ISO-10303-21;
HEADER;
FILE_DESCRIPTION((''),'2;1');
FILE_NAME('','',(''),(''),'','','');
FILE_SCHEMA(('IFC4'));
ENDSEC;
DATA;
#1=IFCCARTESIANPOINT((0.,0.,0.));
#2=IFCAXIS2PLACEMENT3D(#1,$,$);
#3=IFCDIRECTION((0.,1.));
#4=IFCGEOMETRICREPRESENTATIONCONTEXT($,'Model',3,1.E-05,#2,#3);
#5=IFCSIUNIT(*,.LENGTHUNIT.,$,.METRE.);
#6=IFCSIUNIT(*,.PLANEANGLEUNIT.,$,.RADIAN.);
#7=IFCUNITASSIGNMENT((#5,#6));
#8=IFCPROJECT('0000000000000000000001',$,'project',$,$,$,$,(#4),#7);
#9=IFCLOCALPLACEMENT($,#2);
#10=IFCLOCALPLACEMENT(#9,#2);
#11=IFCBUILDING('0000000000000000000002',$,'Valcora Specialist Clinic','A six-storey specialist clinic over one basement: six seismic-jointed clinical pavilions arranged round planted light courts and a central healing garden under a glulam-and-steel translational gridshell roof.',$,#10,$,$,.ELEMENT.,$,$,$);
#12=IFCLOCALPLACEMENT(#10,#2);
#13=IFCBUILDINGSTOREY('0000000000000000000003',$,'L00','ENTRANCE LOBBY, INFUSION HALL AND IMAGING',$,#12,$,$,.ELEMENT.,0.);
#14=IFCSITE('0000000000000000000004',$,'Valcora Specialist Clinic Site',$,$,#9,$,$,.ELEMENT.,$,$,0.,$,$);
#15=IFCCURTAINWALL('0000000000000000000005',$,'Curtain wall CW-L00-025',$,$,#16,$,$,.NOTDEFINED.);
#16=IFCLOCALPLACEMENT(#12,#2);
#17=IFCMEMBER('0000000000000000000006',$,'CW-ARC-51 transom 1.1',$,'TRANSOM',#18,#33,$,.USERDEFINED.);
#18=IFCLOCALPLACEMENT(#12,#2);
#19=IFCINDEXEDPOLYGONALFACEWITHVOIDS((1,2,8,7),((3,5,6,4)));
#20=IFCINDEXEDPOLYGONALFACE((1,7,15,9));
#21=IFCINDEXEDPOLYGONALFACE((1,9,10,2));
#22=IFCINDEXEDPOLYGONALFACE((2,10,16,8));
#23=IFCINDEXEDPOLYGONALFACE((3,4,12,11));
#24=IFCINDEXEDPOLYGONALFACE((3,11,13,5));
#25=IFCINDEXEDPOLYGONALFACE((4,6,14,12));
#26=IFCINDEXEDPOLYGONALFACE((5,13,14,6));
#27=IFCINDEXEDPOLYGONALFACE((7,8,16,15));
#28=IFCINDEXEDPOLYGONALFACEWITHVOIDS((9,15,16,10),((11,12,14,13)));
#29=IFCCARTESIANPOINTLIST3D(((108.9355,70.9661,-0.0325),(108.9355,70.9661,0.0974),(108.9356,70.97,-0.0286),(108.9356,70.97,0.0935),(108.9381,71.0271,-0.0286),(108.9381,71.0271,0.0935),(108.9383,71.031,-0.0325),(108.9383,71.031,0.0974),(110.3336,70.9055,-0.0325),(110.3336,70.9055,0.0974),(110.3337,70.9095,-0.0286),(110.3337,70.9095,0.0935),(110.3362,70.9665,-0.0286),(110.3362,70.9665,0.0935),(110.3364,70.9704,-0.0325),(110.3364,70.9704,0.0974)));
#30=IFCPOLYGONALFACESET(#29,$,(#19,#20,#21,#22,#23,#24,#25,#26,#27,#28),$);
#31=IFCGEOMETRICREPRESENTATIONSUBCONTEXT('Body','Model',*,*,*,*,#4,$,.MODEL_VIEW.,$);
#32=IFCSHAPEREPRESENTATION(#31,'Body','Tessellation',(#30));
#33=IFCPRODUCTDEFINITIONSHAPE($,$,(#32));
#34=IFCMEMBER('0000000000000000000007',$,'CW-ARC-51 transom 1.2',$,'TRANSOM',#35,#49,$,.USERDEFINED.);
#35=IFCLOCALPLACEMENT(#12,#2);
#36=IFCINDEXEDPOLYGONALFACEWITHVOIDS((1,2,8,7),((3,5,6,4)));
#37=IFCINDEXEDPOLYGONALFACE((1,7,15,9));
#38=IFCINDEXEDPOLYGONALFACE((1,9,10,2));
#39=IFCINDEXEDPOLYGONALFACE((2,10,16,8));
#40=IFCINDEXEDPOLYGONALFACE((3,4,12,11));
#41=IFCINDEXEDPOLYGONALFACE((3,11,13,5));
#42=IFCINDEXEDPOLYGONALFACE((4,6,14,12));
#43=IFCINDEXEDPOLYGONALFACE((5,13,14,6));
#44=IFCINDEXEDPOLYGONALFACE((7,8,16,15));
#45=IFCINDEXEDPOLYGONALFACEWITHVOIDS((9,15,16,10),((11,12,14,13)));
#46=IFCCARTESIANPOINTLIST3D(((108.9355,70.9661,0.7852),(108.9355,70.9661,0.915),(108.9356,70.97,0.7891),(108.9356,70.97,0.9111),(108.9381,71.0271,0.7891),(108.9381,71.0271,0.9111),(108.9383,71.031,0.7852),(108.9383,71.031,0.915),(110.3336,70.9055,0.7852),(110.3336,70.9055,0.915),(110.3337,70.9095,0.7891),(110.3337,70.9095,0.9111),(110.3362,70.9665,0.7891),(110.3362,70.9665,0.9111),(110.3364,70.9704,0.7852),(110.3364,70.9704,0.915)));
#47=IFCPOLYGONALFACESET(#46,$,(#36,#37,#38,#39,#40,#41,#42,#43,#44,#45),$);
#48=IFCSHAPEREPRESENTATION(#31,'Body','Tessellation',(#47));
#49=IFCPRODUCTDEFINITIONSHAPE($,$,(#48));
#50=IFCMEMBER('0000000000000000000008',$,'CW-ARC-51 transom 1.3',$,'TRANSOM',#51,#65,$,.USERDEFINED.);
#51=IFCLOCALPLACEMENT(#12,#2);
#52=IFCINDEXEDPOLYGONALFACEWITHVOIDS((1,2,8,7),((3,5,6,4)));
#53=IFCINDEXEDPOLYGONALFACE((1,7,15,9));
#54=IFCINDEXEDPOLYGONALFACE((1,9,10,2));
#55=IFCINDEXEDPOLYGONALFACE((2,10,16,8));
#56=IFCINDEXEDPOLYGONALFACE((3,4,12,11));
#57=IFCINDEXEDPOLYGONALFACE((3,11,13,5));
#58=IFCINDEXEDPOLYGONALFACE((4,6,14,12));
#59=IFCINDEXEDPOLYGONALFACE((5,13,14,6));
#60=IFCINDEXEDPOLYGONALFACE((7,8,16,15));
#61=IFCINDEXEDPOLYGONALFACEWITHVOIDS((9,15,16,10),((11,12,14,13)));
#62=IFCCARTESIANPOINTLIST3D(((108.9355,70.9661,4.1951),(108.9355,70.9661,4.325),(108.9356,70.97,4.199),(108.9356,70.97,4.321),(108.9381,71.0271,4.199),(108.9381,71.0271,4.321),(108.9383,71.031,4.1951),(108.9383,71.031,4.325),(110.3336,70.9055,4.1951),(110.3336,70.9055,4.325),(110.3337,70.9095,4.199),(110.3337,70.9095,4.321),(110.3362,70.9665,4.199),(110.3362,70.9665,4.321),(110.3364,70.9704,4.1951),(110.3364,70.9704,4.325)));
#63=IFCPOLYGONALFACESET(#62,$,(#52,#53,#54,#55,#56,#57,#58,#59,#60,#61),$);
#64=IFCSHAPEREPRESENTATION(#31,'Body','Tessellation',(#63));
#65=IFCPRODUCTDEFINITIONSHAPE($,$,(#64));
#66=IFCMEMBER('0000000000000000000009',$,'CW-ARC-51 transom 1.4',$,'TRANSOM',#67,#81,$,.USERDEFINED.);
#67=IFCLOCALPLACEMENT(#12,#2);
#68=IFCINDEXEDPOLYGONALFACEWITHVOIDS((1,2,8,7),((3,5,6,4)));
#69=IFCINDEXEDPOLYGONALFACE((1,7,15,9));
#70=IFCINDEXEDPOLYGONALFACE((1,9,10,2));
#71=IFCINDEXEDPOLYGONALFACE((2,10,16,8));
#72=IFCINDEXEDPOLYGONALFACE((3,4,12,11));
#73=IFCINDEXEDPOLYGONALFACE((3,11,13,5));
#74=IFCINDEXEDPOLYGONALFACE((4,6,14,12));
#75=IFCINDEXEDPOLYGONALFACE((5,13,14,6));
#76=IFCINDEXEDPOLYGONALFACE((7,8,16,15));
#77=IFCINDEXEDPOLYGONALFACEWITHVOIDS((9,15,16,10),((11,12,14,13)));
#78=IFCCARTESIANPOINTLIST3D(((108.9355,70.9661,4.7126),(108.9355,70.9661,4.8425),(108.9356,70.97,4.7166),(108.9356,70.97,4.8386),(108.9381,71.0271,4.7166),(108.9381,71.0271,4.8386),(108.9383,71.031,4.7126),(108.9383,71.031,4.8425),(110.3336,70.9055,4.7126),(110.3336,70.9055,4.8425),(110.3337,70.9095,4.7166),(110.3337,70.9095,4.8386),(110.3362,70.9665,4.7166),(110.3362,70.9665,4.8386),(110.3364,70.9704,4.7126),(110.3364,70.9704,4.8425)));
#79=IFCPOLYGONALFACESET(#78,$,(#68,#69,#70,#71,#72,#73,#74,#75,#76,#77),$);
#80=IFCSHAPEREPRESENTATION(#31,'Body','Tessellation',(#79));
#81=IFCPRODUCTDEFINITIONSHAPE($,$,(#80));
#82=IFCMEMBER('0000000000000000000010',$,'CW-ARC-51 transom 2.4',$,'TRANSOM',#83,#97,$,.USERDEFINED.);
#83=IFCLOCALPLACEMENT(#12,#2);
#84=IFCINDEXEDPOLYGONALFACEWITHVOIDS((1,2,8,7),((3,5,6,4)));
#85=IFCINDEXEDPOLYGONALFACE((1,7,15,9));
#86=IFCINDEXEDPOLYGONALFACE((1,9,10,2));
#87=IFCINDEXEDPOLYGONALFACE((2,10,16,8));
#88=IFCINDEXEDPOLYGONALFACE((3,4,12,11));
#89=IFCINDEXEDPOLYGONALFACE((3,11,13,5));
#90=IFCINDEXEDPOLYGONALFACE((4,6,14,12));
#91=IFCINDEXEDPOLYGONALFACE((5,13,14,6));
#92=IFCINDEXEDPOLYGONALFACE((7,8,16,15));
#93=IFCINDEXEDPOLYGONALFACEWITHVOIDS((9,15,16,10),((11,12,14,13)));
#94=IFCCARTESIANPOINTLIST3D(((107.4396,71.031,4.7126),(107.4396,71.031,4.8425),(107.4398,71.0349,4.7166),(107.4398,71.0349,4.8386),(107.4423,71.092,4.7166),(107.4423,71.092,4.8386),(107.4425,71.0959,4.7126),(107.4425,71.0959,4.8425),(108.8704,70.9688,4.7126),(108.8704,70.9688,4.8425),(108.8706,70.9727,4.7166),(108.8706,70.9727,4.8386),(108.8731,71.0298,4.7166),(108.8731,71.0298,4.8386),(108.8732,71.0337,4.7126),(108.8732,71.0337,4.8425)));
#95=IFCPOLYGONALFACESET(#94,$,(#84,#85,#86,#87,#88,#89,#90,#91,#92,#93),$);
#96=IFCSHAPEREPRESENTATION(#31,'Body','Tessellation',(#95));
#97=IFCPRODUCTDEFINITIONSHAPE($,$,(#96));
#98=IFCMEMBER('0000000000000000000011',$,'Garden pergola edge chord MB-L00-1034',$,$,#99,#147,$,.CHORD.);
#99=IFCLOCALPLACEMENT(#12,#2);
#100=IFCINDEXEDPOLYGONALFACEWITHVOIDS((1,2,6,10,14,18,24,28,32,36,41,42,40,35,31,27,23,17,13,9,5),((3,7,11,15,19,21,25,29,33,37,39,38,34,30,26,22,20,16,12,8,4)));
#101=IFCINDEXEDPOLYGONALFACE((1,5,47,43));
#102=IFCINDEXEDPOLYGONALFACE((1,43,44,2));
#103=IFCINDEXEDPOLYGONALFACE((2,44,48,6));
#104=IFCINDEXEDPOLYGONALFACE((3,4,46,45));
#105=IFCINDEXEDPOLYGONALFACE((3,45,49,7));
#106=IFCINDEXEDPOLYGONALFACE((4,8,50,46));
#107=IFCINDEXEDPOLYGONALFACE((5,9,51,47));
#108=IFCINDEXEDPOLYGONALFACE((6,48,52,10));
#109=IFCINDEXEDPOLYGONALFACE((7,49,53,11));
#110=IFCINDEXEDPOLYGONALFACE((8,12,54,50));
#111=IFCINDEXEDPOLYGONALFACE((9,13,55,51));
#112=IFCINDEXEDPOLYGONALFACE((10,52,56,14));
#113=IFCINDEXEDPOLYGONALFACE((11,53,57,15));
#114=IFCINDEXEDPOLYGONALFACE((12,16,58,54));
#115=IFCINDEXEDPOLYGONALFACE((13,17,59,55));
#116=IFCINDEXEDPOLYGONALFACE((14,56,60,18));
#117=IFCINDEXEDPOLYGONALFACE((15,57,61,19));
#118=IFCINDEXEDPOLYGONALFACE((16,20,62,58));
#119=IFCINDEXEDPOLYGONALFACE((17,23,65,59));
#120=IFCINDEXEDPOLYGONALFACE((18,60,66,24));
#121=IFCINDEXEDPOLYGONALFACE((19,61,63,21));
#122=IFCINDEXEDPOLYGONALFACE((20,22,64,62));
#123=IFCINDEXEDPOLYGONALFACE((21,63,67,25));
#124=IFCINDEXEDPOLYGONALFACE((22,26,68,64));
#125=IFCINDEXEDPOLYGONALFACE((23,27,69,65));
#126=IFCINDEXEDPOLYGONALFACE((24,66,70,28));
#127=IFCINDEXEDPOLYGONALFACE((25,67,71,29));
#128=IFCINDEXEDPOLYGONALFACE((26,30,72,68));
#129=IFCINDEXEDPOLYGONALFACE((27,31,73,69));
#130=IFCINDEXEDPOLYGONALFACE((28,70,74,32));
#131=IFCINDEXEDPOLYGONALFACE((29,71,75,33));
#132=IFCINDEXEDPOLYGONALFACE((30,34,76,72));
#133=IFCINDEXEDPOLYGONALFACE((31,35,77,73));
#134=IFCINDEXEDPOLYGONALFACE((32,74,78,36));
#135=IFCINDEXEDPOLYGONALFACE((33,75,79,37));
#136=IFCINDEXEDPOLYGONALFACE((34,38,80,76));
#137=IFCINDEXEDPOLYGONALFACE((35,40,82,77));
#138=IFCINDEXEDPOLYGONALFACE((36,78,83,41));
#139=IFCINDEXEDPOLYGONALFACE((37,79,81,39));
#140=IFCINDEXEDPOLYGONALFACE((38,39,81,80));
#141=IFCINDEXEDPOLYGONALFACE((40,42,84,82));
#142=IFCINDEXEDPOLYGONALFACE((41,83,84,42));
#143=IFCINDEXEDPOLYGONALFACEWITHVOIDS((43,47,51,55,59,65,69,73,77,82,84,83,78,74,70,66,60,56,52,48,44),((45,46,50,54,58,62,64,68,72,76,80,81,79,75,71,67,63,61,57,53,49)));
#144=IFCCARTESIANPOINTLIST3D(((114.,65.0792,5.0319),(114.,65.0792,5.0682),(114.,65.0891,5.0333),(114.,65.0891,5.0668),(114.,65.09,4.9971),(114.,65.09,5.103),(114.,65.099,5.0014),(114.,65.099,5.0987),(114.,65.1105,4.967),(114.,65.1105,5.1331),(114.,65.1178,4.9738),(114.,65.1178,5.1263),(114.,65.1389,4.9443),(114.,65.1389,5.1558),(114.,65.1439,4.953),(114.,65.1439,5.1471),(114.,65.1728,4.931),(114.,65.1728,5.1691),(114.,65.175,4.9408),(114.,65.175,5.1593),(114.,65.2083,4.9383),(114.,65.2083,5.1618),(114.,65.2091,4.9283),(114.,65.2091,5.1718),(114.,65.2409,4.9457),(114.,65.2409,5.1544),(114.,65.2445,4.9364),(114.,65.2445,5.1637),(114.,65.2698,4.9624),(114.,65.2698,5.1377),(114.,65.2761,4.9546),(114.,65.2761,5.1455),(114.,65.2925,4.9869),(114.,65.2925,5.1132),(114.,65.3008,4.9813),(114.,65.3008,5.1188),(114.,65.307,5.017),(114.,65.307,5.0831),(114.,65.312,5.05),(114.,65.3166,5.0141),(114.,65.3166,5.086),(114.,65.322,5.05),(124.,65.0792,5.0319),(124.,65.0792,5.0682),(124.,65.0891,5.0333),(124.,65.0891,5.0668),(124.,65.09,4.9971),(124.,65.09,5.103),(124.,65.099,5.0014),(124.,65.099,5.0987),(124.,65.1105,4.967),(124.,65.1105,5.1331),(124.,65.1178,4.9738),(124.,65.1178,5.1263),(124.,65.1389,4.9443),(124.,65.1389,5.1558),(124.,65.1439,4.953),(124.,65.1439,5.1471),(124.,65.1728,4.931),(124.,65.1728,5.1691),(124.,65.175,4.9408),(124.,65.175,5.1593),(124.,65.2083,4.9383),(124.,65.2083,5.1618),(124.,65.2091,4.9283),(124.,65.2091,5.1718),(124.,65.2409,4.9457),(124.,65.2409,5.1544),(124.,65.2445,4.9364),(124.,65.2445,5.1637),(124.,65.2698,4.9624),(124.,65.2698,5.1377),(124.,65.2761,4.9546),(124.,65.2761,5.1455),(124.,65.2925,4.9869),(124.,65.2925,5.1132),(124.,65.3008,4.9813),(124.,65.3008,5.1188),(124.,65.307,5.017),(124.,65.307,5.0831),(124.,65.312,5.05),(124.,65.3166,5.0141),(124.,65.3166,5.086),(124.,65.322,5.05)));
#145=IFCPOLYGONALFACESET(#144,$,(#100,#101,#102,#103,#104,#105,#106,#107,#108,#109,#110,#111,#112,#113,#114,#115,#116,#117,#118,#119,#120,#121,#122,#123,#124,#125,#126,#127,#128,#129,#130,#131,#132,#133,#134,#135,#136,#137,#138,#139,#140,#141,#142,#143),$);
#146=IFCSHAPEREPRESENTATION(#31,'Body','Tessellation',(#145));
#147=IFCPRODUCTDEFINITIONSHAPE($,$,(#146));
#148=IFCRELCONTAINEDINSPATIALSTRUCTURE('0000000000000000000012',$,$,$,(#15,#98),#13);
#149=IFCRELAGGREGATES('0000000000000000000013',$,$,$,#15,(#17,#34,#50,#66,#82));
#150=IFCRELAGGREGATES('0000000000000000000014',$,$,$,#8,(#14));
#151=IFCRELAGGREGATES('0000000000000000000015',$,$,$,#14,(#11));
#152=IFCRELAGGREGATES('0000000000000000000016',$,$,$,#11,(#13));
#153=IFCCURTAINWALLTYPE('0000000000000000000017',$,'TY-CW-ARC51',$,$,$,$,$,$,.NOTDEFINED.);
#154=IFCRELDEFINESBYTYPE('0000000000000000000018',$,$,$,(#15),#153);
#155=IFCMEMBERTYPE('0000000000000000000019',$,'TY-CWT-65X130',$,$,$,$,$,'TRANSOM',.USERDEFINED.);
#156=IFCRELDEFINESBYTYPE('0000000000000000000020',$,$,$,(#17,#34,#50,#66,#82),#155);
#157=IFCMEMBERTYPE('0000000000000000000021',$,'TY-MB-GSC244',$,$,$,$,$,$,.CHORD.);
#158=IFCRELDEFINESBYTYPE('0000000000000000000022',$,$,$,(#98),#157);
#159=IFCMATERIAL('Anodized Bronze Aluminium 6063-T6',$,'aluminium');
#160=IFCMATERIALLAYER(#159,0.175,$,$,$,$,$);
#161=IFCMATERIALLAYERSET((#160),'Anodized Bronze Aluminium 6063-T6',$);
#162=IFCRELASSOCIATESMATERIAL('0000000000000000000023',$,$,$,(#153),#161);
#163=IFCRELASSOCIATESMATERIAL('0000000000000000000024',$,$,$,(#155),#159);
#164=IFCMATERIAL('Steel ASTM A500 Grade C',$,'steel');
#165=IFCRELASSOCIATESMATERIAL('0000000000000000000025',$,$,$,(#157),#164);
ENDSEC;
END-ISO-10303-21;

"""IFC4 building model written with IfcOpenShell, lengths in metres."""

from ifc_helpers import new_model, si_unit, direction, frame, origin, origin_2d, place, context, subcontext, project, spatial, hollow_rectangle, hollow_circle, extrude, material, layer, layer_set, material_profile, profile_set, type_object, element, aggregate, save


model = new_model("IFC4")

# Units and contexts
model_context = context("Model", 3, precision=1e-05, world=origin(), true_north=direction((0.0, 1.0)))
body_context = subcontext(model_context, "Body", "Model", "MODEL_VIEW")
ifc_project = project(units=[si_unit("LENGTHUNIT", "METRE"), si_unit("PLANEANGLEUNIT", "RADIAN")], contexts=[model_context])

# Site, building, storey
site_placement = place(None, origin())
site = spatial("IfcSite", under=ifc_project, at=site_placement, Name="Valcora Specialist Clinic Site", CompositionType="ELEMENT", RefElevation=0.0)
building_placement = place(site_placement, origin())
building = spatial("IfcBuilding", under=site, at=building_placement, Name="Valcora Specialist Clinic", Description="A six-storey specialist clinic over one basement: six seismic-jointed clinical pavilions arranged round planted light courts and a central healing garden under a glulam-and-steel translational gridshell roof.", CompositionType="ELEMENT")
storey_placement = place(building_placement, origin())
storey = spatial("IfcBuildingStorey", under=building, at=storey_placement, Name="L00", Description="ENTRANCE LOBBY, INFUSION HALL AND IMAGING", CompositionType="ELEMENT", Elevation=0.0)

# Curtain wall
ifc_material_1 = material(Name="Anodized Bronze Aluminium 6063-T6", Category="aluminium")
ifc_layer_1 = layer(ifc_material_1, 0.175)
ifc_layer_set_1 = layer_set([ifc_layer_1], Name="Anodized Bronze Aluminium 6063-T6")
curtain_wall_type = type_object("IfcCurtainWallType", Name="TY-CW-ARC51", PredefinedType="NOTDEFINED", material=ifc_layer_set_1)
curtain_wall_1_placement = place(storey_placement, origin())
curtain_wall_1 = element("IfcCurtainWall", 1, at=curtain_wall_1_placement, inside=storey, type_object=curtain_wall_type, Name="Curtain wall CW-L00-025", PredefinedType="NOTDEFINED")

# Members
ifc_material_profile_1 = material_profile(ifc_material_1, hollow_rectangle(XDim=0.0649, YDim=0.1299, WallThickness=0.0039, at=origin_2d()), Name="AL-TRN-65X130")
ifc_profile_set_1 = profile_set([ifc_material_profile_1], Name="Anodized Bronze Aluminium 6063-T6")
member_type_1 = type_object("IfcMemberType", Name="TY-CWT-65X130", ElementType="TRANSOM", PredefinedType="USERDEFINED", material=ifc_profile_set_1)
member_1_placement = place(storey_placement, frame((110.335, 70.938, 0.0325), z_axis=(-0.999064, 0.043263, 0.0), x_axis=(-0.043263, -0.999064, 0.0)))
member_1 = element("IfcMember", 2, at=member_1_placement, type_object=member_type_1, Name="CW-ARC-51 transom 1.1", ObjectType="TRANSOM", PredefinedType="USERDEFINED", context=body_context, shape_type="SweptSolid", body=[
    extrude(hollow_rectangle(XDim=0.0649, YDim=0.1299, WallThickness=0.0039, at=origin_2d()), origin(), (0.0, 0.0, 1.0), 1.3994),
])
member_2_placement = place(storey_placement, frame((110.335, 70.938, 0.8501), z_axis=(-0.999064, 0.043263, 0.0), x_axis=(-0.043263, -0.999064, 0.0)))
member_2 = element("IfcMember", 3, at=member_2_placement, type_object=member_type_1, Name="CW-ARC-51 transom 1.2", ObjectType="TRANSOM", PredefinedType="USERDEFINED", context=body_context, shape_type="SweptSolid", body=[
    extrude(hollow_rectangle(XDim=0.0649, YDim=0.1299, WallThickness=0.0039, at=origin_2d()), origin(), (0.0, 0.0, 1.0), 1.3994),
])
member_3_placement = place(storey_placement, frame((110.335, 70.938, 4.26), z_axis=(-0.999064, 0.043263, 0.0), x_axis=(-0.043263, -0.999064, 0.0)))
member_3 = element("IfcMember", 4, at=member_3_placement, type_object=member_type_1, Name="CW-ARC-51 transom 1.3", ObjectType="TRANSOM", PredefinedType="USERDEFINED", context=body_context, shape_type="SweptSolid", body=[
    extrude(hollow_rectangle(XDim=0.0649, YDim=0.1299, WallThickness=0.0039, at=origin_2d()), origin(), (0.0, 0.0, 1.0), 1.3994),
])
member_4_placement = place(storey_placement, frame((110.335, 70.938, 4.7776), z_axis=(-0.999064, 0.043263, 0.0), x_axis=(-0.043263, -0.999064, 0.0)))
member_4 = element("IfcMember", 5, at=member_4_placement, type_object=member_type_1, Name="CW-ARC-51 transom 1.4", ObjectType="TRANSOM", PredefinedType="USERDEFINED", context=body_context, shape_type="SweptSolid", body=[
    extrude(hollow_rectangle(XDim=0.0649, YDim=0.1299, WallThickness=0.0039, at=origin_2d()), origin(), (0.0, 0.0, 1.0), 1.3994),
])
member_5_placement = place(storey_placement, frame((108.8718, 71.0012, 4.7776), z_axis=(-0.999055, 0.043474, 0.0), x_axis=(-0.043474, -0.999055, 0.0)))
member_5 = element("IfcMember", 6, at=member_5_placement, type_object=member_type_1, Name="CW-ARC-51 transom 2.4", ObjectType="TRANSOM", PredefinedType="USERDEFINED", context=body_context, shape_type="SweptSolid", body=[
    extrude(hollow_rectangle(XDim=0.0649, YDim=0.1299, WallThickness=0.0039, at=origin_2d()), origin(), (0.0, 0.0, 1.0), 1.4321),
])

# Member
ifc_material_2 = material(Name="Steel ASTM A500 Grade C", Category="steel")
ifc_material_profile_2 = material_profile(ifc_material_2, hollow_circle(Radius=0.1221, WallThickness=0.01, at=origin_2d()), Name="ST-CHS-244X10")
ifc_profile_set_2 = profile_set([ifc_material_profile_2], Name="Steel ASTM A500 Grade C")
member_type_2 = type_object("IfcMemberType", Name="TY-MB-GSC244", PredefinedType="CHORD", material=ifc_profile_set_2)
member_6_placement = place(storey_placement, frame((114.0, 65.2, 5.05), z_axis=(1.0, 0.0, 0.0), x_axis=(0.0, 1.0, 0.0)))
element("IfcMember", 7, at=member_6_placement, inside=storey, type_object=member_type_2, Name="Garden pergola edge chord MB-L00-1034", PredefinedType="CHORD", context=body_context, shape_type="SweptSolid", body=[
    extrude(hollow_circle(Radius=0.1221, WallThickness=0.01, at=origin_2d()), origin(), (0.0, 0.0, 1.0), 10.0),
])

aggregate(curtain_wall_1, [member_1, member_2, member_3, member_4, member_5])

save(model, "model.ifc")
